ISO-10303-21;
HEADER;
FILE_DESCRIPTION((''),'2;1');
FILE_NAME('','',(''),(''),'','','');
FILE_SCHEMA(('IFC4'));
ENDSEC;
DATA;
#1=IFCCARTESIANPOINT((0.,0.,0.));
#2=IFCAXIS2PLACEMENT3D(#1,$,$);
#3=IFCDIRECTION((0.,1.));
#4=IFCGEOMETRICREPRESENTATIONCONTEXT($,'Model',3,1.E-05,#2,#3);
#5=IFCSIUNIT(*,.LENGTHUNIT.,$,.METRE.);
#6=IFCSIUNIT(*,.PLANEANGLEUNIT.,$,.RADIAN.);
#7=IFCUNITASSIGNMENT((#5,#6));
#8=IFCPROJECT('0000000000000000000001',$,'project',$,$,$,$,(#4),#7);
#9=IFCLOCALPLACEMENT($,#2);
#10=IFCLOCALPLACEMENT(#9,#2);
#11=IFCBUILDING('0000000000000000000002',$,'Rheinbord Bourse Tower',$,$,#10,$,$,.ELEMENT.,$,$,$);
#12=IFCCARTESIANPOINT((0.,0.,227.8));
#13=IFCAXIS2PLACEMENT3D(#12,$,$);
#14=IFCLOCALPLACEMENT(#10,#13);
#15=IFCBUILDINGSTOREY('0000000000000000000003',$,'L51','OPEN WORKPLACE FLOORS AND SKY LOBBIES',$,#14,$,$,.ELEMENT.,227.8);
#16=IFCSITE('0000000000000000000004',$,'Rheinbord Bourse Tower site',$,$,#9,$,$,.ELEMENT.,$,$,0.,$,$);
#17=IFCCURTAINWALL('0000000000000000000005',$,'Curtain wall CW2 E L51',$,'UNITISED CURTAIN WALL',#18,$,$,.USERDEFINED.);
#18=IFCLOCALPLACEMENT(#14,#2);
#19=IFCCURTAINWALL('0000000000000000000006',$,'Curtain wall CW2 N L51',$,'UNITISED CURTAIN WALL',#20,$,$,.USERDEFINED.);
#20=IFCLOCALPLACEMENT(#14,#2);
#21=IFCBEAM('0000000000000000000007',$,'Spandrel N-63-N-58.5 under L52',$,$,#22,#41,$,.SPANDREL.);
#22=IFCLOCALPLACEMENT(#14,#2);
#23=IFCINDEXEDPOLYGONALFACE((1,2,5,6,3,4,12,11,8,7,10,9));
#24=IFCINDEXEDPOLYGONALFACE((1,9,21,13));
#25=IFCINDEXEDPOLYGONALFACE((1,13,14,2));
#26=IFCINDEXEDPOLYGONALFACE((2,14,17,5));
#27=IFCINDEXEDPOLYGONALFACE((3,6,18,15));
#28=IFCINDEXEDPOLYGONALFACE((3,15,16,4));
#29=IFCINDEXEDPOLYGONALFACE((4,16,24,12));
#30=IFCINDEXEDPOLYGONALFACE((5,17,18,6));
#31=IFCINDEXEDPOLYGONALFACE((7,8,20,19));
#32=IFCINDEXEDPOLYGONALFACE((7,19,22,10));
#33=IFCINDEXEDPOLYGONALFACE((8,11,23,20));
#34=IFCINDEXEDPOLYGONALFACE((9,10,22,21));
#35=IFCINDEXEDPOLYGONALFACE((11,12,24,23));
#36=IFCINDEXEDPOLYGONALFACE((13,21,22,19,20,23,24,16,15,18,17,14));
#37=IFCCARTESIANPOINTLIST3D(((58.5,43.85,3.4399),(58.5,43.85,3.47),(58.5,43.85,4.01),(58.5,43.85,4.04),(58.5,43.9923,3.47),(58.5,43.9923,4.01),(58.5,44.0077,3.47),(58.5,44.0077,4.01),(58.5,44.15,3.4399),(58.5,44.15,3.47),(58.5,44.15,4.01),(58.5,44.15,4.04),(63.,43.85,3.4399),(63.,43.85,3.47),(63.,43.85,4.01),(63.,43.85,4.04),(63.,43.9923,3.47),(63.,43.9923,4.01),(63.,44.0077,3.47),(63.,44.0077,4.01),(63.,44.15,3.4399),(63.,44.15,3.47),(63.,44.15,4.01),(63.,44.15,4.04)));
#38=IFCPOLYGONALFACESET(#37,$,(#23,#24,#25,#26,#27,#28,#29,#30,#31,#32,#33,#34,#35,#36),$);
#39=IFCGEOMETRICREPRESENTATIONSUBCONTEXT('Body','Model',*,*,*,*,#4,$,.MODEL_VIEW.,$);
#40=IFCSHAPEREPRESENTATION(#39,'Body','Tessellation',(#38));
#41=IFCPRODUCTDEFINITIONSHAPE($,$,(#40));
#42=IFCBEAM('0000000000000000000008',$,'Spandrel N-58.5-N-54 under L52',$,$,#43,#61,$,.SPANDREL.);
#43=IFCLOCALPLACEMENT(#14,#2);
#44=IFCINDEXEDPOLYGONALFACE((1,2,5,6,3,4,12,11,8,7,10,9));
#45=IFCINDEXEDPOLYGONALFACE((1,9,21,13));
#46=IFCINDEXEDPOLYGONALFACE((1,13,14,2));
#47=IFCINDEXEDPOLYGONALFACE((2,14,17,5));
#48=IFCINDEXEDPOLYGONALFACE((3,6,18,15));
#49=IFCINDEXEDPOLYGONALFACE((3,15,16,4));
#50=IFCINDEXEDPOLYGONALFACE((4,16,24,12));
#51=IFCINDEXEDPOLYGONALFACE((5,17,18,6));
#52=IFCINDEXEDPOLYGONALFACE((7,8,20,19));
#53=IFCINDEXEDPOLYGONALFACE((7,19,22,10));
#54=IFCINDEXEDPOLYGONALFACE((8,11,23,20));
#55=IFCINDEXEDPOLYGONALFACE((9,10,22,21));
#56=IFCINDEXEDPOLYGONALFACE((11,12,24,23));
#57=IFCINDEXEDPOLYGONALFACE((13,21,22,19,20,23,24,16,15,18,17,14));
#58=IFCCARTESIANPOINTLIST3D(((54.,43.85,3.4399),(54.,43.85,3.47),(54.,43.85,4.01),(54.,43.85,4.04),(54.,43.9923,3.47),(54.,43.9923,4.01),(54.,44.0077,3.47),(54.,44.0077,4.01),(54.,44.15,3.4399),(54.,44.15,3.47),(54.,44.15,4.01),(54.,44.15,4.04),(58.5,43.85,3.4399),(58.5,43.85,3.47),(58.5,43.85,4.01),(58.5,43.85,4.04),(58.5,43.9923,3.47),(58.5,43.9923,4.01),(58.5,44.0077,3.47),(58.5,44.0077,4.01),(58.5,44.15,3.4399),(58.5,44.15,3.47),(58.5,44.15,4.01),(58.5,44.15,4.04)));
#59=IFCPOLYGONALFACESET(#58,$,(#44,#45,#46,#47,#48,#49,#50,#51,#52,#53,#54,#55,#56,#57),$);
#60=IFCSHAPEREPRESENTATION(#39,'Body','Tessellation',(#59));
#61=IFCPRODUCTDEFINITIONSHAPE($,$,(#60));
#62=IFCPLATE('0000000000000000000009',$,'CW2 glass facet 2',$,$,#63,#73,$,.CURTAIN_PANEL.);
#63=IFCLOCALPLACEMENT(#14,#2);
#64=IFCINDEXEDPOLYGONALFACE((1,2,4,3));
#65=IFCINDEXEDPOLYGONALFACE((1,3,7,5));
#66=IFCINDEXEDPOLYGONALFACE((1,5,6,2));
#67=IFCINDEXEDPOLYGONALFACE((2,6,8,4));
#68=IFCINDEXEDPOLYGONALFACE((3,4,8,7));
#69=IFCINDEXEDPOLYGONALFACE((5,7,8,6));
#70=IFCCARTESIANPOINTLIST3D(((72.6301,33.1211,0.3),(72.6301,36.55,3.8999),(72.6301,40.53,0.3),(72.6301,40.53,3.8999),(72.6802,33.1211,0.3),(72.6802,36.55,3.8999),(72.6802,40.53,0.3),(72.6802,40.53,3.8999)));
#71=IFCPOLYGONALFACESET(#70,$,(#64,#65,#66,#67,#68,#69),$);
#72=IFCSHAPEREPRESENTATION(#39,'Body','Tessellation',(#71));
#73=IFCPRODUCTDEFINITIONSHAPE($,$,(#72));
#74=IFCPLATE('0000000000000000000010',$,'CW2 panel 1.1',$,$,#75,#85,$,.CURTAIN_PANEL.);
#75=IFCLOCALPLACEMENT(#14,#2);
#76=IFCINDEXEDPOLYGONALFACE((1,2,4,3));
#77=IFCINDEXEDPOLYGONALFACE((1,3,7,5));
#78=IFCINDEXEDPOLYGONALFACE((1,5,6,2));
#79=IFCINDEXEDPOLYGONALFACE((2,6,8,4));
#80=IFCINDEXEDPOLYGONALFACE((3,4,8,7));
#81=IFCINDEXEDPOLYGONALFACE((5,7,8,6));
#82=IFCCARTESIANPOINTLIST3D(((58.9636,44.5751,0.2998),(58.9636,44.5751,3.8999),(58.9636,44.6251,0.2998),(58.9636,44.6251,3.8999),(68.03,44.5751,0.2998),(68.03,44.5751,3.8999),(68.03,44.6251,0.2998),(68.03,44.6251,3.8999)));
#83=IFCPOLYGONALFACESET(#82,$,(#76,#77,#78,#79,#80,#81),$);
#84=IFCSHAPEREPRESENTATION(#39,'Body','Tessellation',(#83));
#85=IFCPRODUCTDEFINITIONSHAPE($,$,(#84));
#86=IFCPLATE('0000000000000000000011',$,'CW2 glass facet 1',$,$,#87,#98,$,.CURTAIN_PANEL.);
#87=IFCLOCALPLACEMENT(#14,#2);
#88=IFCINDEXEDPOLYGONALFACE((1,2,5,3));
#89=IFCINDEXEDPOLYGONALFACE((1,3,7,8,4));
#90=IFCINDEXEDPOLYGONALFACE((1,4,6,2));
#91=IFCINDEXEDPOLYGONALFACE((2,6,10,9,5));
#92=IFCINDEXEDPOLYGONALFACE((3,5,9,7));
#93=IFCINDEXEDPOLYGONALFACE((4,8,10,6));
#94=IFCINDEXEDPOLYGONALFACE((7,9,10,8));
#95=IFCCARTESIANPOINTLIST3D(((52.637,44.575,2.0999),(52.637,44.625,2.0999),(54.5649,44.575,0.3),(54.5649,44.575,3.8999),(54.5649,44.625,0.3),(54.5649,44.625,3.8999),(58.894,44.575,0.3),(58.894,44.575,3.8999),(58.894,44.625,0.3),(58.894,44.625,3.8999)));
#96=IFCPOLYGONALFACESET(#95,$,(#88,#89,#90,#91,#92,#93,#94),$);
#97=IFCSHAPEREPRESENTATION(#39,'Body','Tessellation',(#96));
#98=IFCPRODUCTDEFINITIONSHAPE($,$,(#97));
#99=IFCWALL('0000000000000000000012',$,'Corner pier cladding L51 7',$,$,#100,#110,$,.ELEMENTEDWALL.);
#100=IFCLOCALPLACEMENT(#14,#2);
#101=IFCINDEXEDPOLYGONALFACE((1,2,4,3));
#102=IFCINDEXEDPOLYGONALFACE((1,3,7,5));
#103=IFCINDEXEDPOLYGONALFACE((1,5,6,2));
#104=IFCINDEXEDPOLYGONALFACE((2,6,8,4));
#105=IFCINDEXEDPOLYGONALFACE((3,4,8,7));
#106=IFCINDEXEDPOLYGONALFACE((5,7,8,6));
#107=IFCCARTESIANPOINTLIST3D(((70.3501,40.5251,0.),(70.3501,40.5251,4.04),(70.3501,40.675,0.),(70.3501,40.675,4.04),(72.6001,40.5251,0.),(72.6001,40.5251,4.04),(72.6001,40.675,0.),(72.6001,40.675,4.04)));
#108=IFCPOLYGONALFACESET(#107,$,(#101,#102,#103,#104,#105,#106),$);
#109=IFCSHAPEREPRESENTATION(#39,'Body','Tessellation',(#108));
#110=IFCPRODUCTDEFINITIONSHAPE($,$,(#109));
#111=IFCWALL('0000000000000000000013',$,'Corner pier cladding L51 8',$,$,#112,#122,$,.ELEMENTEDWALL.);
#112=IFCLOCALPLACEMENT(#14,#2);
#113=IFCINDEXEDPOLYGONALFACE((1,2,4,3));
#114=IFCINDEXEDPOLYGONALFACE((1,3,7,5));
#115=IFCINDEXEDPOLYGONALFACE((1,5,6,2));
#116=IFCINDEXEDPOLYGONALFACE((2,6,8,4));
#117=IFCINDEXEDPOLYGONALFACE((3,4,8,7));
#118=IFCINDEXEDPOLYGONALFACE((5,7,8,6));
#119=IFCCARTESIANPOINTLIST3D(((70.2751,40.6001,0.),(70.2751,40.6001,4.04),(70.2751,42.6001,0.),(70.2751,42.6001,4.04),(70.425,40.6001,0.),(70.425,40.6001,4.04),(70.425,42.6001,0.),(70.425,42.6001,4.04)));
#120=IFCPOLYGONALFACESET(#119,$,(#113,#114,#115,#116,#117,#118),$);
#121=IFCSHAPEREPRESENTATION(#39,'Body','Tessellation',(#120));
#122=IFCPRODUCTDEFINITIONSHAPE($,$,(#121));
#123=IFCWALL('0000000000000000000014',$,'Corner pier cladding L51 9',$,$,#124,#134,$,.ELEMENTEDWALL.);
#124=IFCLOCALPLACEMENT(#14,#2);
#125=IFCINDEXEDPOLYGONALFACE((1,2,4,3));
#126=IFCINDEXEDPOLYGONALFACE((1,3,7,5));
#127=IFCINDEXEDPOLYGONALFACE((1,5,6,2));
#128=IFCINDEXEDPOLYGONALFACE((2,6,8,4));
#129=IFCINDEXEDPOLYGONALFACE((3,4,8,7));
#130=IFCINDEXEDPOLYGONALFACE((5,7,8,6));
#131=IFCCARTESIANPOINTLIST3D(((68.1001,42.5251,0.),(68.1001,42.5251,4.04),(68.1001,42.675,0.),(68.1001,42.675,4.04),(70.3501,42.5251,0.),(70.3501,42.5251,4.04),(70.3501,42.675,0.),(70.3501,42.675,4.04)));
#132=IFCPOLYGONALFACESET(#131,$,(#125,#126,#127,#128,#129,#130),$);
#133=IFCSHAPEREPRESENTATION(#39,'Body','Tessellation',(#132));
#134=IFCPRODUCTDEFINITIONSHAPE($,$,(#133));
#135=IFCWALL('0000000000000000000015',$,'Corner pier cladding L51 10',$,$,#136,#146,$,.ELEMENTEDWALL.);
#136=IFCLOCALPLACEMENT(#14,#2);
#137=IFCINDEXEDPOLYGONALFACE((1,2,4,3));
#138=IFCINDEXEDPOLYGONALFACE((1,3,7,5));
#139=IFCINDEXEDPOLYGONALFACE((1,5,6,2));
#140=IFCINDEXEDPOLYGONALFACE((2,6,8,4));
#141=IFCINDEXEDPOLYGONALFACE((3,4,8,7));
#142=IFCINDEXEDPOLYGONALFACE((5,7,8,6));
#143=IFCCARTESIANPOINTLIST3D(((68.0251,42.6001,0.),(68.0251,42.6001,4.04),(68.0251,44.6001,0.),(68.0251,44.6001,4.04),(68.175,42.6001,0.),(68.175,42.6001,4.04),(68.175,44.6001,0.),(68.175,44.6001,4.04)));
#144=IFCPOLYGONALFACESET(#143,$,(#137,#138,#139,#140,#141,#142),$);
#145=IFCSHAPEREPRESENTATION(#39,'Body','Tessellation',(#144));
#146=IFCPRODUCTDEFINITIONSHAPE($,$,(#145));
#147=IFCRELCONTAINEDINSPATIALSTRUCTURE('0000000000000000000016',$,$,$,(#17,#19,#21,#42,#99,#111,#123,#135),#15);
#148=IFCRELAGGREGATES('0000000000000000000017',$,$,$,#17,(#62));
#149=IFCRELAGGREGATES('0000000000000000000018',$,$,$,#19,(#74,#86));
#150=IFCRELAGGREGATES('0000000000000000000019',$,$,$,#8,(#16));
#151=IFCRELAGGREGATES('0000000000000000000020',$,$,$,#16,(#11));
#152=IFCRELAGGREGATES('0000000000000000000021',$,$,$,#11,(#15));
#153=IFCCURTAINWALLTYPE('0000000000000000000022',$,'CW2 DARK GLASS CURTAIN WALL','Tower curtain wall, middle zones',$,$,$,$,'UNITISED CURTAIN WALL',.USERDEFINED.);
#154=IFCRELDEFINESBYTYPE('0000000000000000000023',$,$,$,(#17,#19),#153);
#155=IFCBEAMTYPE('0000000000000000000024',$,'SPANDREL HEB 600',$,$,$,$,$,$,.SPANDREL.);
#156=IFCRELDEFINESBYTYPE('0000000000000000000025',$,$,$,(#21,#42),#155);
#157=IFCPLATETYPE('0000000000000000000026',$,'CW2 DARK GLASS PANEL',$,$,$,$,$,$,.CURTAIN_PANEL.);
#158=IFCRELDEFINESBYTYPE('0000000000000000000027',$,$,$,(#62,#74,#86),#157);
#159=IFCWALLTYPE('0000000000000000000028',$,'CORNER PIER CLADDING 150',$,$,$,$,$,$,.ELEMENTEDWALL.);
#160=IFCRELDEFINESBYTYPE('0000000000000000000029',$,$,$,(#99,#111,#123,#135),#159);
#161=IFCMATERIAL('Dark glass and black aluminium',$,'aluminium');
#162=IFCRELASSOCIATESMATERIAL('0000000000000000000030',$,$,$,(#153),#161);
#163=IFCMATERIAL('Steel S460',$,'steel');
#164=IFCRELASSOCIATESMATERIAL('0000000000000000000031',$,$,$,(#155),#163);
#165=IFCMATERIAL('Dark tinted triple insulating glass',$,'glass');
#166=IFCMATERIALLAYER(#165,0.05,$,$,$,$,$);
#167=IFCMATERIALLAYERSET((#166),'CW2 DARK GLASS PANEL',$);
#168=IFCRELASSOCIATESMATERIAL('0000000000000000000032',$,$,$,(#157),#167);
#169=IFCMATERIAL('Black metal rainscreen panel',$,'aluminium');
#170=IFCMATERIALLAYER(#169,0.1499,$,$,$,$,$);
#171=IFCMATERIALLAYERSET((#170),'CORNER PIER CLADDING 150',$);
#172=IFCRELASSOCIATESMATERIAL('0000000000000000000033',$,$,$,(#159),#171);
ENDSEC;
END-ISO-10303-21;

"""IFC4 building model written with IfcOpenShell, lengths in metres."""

from ifc_helpers import new_model, si_unit, direction, frame, frame_2d, origin, origin_2d, place, context, subcontext, project, spatial, polyline, rectangle, i_section, outline, extrude, material, layer, layer_set, material_profile, profile_set, type_object, element, aggregate, save


model = new_model("IFC4")

# Units and contexts
model_context = context("Model", 3, precision=1e-05, world=origin(), true_north=direction((0.0, 1.0)))
body_context = subcontext(model_context, "Body", "Model", "MODEL_VIEW")
ifc_project = project(units=[si_unit("LENGTHUNIT", "METRE"), si_unit("PLANEANGLEUNIT", "RADIAN")], contexts=[model_context])

# Site, building, storey
site_placement = place(None, origin())
site = spatial("IfcSite", under=ifc_project, at=site_placement, Name="Rheinbord Bourse Tower site", CompositionType="ELEMENT", RefElevation=0.0)
building_placement = place(site_placement, origin())
building = spatial("IfcBuilding", under=site, at=building_placement, Name="Rheinbord Bourse Tower", CompositionType="ELEMENT")
storey_placement = place(building_placement, frame((0.0, 0.0, 227.8)))
storey = spatial("IfcBuildingStorey", under=building, at=storey_placement, Name="L51", Description="OPEN WORKPLACE FLOORS AND SKY LOBBIES", CompositionType="ELEMENT", Elevation=227.8)

# Curtain wall
ifc_material_1 = material(Name="Dark glass and black aluminium", Category="aluminium")
curtain_wall_type = type_object("IfcCurtainWallType", Name="CW2 DARK GLASS CURTAIN WALL", Description="Tower curtain wall, middle zones", ElementType="UNITISED CURTAIN WALL", PredefinedType="USERDEFINED", material=ifc_material_1)
curtain_wall_1_placement = place(storey_placement, origin())
curtain_wall_1 = element("IfcCurtainWall", 1, at=curtain_wall_1_placement, inside=storey, type_object=curtain_wall_type, Name="Curtain wall CW2 E L51", ObjectType="UNITISED CURTAIN WALL", PredefinedType="USERDEFINED")

# Curtain wall
curtain_wall_2_placement = place(storey_placement, origin())
curtain_wall_2 = element("IfcCurtainWall", 2, at=curtain_wall_2_placement, inside=storey, type_object=curtain_wall_type, Name="Curtain wall CW2 N L51", ObjectType="UNITISED CURTAIN WALL", PredefinedType="USERDEFINED")

# Beams
ifc_material_2 = material(Name="Steel S460", Category="steel")
ifc_material_profile_1 = material_profile(ifc_material_2, i_section(OverallWidth=0.3, OverallDepth=0.6001, WebThickness=0.0154, FlangeThickness=0.03, at=origin_2d()), Name="HEB 600")
ifc_profile_set_1 = profile_set([ifc_material_profile_1], Name="Steel S460")
beam_type_1 = type_object("IfcBeamType", Name="SPANDREL HEB 600", PredefinedType="SPANDREL", material=ifc_profile_set_1)
for number, where, z_axis, x_axis, name in (
    (3, (63.0, 44.0, 3.74), (-1.0, 0.0, 0.0), (0.0, -1.0, 0.0), "Spandrel N-63-N-58.5 under L52"),
    (4, (58.5, 44.0, 3.74), (-1.0, 0.0, 0.0), (0.0, -1.0, 0.0), "Spandrel N-58.5-N-54 under L52"),
):
    element("IfcBeam", number, at=place(storey_placement, frame(where, z_axis=z_axis, x_axis=x_axis)), inside=storey, type_object=beam_type_1, Name=name, PredefinedType="SPANDREL", context=body_context, shape_type="SweptSolid", body=[
        extrude(i_section(OverallWidth=0.3, OverallDepth=0.6001, WebThickness=0.0154, FlangeThickness=0.03, at=origin_2d()), origin(), (0.0, 0.0, 1.0), 4.5),
    ])

# Plates
ifc_material_3 = material(Name="Dark tinted triple insulating glass", Category="glass")
ifc_layer_1 = layer(ifc_material_3, 0.05)
ifc_layer_set_1 = layer_set([ifc_layer_1], Name="CW2 DARK GLASS PANEL")
plate_type = type_object("IfcPlateType", Name="CW2 DARK GLASS PANEL", PredefinedType="CURTAIN_PANEL", material=ifc_layer_set_1)
plate_1_placement = place(storey_placement, frame((72.6802, 40.53, 3.8999), z_axis=(-1.0, 0.0, 0.0), x_axis=(0.0, 0.0, -1.0)))
plate_1 = element("IfcPlate", 5, at=plate_1_placement, type_object=plate_type, Name="CW2 glass facet 2", PredefinedType="CURTAIN_PANEL", context=body_context, shape_type="SweptSolid", body=[
    extrude(outline(polyline([(0.0, 0.0), (3.5999, 0.0), (3.5999, 7.4089), (0.0, 3.98), (0.0, 0.0)])), origin(), (0.0, 0.0, 1.0), 0.05),
])
aggregate(curtain_wall_1, [plate_1])
plate_2_placement = place(storey_placement, frame((63.4968, 44.6001, 0.2998), z_axis=(0.0, 0.0, 1.0), x_axis=(-1.0, 0.0, 0.0)))
plate_2 = element("IfcPlate", 6, at=plate_2_placement, type_object=plate_type, Name="CW2 panel 1.1", PredefinedType="CURTAIN_PANEL", context=body_context, shape_type="SweptSolid", body=[
    extrude(rectangle(XDim=9.0664, YDim=0.05, at=origin_2d()), origin(), (0.0, 0.0, 1.0), 3.6001),
])
plate_3_placement = place(storey_placement, frame((58.894, 44.625, 0.3), z_axis=(0.0, -1.0, 0.0), x_axis=(0.0, 0.0, 1.0)))
plate_3 = element("IfcPlate", 7, at=plate_3_placement, type_object=plate_type, Name="CW2 glass facet 1", PredefinedType="CURTAIN_PANEL", context=body_context, shape_type="SweptSolid", body=[
    extrude(outline(polyline([(0.0, 0.0), (3.5999, 0.0), (3.5999, 4.3291), (1.7998, 6.2571), (0.0, 4.3291), (0.0, 0.0)])), origin(), (0.0, 0.0, 1.0), 0.05),
])
aggregate(curtain_wall_2, [plate_2, plate_3])

# Walls
ifc_material_4 = material(Name="Black metal rainscreen panel", Category="aluminium")
ifc_layer_2 = layer(ifc_material_4, 0.1499)
ifc_layer_set_2 = layer_set([ifc_layer_2], Name="CORNER PIER CLADDING 150")
wall_type = type_object("IfcWallType", Name="CORNER PIER CLADDING 150", PredefinedType="ELEMENTEDWALL", material=ifc_layer_set_2)
wall_1_placement = place(storey_placement, frame((72.6001, 40.6001, 0.0), z_axis=(0.0, 0.0, 1.0), x_axis=(-1.0, 0.0, 0.0)))
element("IfcWall", 8, at=wall_1_placement, inside=storey, type_object=wall_type, Name="Corner pier cladding L51 7", PredefinedType="ELEMENTEDWALL", context=body_context, shape_type="SweptSolid", body=[
    extrude(rectangle(XDim=2.25, YDim=0.1499, at=frame_2d((1.125, 0.0))), origin(), (0.0, 0.0, 1.0), 4.04),
])
wall_2_placement = place(storey_placement, frame((70.3501, 40.6001, 0.0), z_axis=(0.0, 0.0, 1.0), x_axis=(0.0, 1.0, 0.0)))
element("IfcWall", 9, at=wall_2_placement, inside=storey, type_object=wall_type, Name="Corner pier cladding L51 8", PredefinedType="ELEMENTEDWALL", context=body_context, shape_type="SweptSolid", body=[
    extrude(rectangle(XDim=2.0, YDim=0.1499, at=frame_2d((1.0, 0.0))), origin(), (0.0, 0.0, 1.0), 4.04),
])
wall_3_placement = place(storey_placement, frame((70.3501, 42.6001, 0.0), z_axis=(0.0, 0.0, 1.0), x_axis=(-1.0, 0.0, 0.0)))
element("IfcWall", 10, at=wall_3_placement, inside=storey, type_object=wall_type, Name="Corner pier cladding L51 9", PredefinedType="ELEMENTEDWALL", context=body_context, shape_type="SweptSolid", body=[
    extrude(rectangle(XDim=2.25, YDim=0.1499, at=frame_2d((1.125, 0.0))), origin(), (0.0, 0.0, 1.0), 4.04),
])
wall_4_placement = place(storey_placement, frame((68.1001, 42.6001, 0.0), z_axis=(0.0, 0.0, 1.0), x_axis=(0.0, 1.0, 0.0)))
element("IfcWall", 11, at=wall_4_placement, inside=storey, type_object=wall_type, Name="Corner pier cladding L51 10", PredefinedType="ELEMENTEDWALL", context=body_context, shape_type="SweptSolid", body=[
    extrude(rectangle(XDim=2.0, YDim=0.1499, at=frame_2d((1.0, 0.0))), origin(), (0.0, 0.0, 1.0), 4.04),
])

save(model, "model.ifc")
